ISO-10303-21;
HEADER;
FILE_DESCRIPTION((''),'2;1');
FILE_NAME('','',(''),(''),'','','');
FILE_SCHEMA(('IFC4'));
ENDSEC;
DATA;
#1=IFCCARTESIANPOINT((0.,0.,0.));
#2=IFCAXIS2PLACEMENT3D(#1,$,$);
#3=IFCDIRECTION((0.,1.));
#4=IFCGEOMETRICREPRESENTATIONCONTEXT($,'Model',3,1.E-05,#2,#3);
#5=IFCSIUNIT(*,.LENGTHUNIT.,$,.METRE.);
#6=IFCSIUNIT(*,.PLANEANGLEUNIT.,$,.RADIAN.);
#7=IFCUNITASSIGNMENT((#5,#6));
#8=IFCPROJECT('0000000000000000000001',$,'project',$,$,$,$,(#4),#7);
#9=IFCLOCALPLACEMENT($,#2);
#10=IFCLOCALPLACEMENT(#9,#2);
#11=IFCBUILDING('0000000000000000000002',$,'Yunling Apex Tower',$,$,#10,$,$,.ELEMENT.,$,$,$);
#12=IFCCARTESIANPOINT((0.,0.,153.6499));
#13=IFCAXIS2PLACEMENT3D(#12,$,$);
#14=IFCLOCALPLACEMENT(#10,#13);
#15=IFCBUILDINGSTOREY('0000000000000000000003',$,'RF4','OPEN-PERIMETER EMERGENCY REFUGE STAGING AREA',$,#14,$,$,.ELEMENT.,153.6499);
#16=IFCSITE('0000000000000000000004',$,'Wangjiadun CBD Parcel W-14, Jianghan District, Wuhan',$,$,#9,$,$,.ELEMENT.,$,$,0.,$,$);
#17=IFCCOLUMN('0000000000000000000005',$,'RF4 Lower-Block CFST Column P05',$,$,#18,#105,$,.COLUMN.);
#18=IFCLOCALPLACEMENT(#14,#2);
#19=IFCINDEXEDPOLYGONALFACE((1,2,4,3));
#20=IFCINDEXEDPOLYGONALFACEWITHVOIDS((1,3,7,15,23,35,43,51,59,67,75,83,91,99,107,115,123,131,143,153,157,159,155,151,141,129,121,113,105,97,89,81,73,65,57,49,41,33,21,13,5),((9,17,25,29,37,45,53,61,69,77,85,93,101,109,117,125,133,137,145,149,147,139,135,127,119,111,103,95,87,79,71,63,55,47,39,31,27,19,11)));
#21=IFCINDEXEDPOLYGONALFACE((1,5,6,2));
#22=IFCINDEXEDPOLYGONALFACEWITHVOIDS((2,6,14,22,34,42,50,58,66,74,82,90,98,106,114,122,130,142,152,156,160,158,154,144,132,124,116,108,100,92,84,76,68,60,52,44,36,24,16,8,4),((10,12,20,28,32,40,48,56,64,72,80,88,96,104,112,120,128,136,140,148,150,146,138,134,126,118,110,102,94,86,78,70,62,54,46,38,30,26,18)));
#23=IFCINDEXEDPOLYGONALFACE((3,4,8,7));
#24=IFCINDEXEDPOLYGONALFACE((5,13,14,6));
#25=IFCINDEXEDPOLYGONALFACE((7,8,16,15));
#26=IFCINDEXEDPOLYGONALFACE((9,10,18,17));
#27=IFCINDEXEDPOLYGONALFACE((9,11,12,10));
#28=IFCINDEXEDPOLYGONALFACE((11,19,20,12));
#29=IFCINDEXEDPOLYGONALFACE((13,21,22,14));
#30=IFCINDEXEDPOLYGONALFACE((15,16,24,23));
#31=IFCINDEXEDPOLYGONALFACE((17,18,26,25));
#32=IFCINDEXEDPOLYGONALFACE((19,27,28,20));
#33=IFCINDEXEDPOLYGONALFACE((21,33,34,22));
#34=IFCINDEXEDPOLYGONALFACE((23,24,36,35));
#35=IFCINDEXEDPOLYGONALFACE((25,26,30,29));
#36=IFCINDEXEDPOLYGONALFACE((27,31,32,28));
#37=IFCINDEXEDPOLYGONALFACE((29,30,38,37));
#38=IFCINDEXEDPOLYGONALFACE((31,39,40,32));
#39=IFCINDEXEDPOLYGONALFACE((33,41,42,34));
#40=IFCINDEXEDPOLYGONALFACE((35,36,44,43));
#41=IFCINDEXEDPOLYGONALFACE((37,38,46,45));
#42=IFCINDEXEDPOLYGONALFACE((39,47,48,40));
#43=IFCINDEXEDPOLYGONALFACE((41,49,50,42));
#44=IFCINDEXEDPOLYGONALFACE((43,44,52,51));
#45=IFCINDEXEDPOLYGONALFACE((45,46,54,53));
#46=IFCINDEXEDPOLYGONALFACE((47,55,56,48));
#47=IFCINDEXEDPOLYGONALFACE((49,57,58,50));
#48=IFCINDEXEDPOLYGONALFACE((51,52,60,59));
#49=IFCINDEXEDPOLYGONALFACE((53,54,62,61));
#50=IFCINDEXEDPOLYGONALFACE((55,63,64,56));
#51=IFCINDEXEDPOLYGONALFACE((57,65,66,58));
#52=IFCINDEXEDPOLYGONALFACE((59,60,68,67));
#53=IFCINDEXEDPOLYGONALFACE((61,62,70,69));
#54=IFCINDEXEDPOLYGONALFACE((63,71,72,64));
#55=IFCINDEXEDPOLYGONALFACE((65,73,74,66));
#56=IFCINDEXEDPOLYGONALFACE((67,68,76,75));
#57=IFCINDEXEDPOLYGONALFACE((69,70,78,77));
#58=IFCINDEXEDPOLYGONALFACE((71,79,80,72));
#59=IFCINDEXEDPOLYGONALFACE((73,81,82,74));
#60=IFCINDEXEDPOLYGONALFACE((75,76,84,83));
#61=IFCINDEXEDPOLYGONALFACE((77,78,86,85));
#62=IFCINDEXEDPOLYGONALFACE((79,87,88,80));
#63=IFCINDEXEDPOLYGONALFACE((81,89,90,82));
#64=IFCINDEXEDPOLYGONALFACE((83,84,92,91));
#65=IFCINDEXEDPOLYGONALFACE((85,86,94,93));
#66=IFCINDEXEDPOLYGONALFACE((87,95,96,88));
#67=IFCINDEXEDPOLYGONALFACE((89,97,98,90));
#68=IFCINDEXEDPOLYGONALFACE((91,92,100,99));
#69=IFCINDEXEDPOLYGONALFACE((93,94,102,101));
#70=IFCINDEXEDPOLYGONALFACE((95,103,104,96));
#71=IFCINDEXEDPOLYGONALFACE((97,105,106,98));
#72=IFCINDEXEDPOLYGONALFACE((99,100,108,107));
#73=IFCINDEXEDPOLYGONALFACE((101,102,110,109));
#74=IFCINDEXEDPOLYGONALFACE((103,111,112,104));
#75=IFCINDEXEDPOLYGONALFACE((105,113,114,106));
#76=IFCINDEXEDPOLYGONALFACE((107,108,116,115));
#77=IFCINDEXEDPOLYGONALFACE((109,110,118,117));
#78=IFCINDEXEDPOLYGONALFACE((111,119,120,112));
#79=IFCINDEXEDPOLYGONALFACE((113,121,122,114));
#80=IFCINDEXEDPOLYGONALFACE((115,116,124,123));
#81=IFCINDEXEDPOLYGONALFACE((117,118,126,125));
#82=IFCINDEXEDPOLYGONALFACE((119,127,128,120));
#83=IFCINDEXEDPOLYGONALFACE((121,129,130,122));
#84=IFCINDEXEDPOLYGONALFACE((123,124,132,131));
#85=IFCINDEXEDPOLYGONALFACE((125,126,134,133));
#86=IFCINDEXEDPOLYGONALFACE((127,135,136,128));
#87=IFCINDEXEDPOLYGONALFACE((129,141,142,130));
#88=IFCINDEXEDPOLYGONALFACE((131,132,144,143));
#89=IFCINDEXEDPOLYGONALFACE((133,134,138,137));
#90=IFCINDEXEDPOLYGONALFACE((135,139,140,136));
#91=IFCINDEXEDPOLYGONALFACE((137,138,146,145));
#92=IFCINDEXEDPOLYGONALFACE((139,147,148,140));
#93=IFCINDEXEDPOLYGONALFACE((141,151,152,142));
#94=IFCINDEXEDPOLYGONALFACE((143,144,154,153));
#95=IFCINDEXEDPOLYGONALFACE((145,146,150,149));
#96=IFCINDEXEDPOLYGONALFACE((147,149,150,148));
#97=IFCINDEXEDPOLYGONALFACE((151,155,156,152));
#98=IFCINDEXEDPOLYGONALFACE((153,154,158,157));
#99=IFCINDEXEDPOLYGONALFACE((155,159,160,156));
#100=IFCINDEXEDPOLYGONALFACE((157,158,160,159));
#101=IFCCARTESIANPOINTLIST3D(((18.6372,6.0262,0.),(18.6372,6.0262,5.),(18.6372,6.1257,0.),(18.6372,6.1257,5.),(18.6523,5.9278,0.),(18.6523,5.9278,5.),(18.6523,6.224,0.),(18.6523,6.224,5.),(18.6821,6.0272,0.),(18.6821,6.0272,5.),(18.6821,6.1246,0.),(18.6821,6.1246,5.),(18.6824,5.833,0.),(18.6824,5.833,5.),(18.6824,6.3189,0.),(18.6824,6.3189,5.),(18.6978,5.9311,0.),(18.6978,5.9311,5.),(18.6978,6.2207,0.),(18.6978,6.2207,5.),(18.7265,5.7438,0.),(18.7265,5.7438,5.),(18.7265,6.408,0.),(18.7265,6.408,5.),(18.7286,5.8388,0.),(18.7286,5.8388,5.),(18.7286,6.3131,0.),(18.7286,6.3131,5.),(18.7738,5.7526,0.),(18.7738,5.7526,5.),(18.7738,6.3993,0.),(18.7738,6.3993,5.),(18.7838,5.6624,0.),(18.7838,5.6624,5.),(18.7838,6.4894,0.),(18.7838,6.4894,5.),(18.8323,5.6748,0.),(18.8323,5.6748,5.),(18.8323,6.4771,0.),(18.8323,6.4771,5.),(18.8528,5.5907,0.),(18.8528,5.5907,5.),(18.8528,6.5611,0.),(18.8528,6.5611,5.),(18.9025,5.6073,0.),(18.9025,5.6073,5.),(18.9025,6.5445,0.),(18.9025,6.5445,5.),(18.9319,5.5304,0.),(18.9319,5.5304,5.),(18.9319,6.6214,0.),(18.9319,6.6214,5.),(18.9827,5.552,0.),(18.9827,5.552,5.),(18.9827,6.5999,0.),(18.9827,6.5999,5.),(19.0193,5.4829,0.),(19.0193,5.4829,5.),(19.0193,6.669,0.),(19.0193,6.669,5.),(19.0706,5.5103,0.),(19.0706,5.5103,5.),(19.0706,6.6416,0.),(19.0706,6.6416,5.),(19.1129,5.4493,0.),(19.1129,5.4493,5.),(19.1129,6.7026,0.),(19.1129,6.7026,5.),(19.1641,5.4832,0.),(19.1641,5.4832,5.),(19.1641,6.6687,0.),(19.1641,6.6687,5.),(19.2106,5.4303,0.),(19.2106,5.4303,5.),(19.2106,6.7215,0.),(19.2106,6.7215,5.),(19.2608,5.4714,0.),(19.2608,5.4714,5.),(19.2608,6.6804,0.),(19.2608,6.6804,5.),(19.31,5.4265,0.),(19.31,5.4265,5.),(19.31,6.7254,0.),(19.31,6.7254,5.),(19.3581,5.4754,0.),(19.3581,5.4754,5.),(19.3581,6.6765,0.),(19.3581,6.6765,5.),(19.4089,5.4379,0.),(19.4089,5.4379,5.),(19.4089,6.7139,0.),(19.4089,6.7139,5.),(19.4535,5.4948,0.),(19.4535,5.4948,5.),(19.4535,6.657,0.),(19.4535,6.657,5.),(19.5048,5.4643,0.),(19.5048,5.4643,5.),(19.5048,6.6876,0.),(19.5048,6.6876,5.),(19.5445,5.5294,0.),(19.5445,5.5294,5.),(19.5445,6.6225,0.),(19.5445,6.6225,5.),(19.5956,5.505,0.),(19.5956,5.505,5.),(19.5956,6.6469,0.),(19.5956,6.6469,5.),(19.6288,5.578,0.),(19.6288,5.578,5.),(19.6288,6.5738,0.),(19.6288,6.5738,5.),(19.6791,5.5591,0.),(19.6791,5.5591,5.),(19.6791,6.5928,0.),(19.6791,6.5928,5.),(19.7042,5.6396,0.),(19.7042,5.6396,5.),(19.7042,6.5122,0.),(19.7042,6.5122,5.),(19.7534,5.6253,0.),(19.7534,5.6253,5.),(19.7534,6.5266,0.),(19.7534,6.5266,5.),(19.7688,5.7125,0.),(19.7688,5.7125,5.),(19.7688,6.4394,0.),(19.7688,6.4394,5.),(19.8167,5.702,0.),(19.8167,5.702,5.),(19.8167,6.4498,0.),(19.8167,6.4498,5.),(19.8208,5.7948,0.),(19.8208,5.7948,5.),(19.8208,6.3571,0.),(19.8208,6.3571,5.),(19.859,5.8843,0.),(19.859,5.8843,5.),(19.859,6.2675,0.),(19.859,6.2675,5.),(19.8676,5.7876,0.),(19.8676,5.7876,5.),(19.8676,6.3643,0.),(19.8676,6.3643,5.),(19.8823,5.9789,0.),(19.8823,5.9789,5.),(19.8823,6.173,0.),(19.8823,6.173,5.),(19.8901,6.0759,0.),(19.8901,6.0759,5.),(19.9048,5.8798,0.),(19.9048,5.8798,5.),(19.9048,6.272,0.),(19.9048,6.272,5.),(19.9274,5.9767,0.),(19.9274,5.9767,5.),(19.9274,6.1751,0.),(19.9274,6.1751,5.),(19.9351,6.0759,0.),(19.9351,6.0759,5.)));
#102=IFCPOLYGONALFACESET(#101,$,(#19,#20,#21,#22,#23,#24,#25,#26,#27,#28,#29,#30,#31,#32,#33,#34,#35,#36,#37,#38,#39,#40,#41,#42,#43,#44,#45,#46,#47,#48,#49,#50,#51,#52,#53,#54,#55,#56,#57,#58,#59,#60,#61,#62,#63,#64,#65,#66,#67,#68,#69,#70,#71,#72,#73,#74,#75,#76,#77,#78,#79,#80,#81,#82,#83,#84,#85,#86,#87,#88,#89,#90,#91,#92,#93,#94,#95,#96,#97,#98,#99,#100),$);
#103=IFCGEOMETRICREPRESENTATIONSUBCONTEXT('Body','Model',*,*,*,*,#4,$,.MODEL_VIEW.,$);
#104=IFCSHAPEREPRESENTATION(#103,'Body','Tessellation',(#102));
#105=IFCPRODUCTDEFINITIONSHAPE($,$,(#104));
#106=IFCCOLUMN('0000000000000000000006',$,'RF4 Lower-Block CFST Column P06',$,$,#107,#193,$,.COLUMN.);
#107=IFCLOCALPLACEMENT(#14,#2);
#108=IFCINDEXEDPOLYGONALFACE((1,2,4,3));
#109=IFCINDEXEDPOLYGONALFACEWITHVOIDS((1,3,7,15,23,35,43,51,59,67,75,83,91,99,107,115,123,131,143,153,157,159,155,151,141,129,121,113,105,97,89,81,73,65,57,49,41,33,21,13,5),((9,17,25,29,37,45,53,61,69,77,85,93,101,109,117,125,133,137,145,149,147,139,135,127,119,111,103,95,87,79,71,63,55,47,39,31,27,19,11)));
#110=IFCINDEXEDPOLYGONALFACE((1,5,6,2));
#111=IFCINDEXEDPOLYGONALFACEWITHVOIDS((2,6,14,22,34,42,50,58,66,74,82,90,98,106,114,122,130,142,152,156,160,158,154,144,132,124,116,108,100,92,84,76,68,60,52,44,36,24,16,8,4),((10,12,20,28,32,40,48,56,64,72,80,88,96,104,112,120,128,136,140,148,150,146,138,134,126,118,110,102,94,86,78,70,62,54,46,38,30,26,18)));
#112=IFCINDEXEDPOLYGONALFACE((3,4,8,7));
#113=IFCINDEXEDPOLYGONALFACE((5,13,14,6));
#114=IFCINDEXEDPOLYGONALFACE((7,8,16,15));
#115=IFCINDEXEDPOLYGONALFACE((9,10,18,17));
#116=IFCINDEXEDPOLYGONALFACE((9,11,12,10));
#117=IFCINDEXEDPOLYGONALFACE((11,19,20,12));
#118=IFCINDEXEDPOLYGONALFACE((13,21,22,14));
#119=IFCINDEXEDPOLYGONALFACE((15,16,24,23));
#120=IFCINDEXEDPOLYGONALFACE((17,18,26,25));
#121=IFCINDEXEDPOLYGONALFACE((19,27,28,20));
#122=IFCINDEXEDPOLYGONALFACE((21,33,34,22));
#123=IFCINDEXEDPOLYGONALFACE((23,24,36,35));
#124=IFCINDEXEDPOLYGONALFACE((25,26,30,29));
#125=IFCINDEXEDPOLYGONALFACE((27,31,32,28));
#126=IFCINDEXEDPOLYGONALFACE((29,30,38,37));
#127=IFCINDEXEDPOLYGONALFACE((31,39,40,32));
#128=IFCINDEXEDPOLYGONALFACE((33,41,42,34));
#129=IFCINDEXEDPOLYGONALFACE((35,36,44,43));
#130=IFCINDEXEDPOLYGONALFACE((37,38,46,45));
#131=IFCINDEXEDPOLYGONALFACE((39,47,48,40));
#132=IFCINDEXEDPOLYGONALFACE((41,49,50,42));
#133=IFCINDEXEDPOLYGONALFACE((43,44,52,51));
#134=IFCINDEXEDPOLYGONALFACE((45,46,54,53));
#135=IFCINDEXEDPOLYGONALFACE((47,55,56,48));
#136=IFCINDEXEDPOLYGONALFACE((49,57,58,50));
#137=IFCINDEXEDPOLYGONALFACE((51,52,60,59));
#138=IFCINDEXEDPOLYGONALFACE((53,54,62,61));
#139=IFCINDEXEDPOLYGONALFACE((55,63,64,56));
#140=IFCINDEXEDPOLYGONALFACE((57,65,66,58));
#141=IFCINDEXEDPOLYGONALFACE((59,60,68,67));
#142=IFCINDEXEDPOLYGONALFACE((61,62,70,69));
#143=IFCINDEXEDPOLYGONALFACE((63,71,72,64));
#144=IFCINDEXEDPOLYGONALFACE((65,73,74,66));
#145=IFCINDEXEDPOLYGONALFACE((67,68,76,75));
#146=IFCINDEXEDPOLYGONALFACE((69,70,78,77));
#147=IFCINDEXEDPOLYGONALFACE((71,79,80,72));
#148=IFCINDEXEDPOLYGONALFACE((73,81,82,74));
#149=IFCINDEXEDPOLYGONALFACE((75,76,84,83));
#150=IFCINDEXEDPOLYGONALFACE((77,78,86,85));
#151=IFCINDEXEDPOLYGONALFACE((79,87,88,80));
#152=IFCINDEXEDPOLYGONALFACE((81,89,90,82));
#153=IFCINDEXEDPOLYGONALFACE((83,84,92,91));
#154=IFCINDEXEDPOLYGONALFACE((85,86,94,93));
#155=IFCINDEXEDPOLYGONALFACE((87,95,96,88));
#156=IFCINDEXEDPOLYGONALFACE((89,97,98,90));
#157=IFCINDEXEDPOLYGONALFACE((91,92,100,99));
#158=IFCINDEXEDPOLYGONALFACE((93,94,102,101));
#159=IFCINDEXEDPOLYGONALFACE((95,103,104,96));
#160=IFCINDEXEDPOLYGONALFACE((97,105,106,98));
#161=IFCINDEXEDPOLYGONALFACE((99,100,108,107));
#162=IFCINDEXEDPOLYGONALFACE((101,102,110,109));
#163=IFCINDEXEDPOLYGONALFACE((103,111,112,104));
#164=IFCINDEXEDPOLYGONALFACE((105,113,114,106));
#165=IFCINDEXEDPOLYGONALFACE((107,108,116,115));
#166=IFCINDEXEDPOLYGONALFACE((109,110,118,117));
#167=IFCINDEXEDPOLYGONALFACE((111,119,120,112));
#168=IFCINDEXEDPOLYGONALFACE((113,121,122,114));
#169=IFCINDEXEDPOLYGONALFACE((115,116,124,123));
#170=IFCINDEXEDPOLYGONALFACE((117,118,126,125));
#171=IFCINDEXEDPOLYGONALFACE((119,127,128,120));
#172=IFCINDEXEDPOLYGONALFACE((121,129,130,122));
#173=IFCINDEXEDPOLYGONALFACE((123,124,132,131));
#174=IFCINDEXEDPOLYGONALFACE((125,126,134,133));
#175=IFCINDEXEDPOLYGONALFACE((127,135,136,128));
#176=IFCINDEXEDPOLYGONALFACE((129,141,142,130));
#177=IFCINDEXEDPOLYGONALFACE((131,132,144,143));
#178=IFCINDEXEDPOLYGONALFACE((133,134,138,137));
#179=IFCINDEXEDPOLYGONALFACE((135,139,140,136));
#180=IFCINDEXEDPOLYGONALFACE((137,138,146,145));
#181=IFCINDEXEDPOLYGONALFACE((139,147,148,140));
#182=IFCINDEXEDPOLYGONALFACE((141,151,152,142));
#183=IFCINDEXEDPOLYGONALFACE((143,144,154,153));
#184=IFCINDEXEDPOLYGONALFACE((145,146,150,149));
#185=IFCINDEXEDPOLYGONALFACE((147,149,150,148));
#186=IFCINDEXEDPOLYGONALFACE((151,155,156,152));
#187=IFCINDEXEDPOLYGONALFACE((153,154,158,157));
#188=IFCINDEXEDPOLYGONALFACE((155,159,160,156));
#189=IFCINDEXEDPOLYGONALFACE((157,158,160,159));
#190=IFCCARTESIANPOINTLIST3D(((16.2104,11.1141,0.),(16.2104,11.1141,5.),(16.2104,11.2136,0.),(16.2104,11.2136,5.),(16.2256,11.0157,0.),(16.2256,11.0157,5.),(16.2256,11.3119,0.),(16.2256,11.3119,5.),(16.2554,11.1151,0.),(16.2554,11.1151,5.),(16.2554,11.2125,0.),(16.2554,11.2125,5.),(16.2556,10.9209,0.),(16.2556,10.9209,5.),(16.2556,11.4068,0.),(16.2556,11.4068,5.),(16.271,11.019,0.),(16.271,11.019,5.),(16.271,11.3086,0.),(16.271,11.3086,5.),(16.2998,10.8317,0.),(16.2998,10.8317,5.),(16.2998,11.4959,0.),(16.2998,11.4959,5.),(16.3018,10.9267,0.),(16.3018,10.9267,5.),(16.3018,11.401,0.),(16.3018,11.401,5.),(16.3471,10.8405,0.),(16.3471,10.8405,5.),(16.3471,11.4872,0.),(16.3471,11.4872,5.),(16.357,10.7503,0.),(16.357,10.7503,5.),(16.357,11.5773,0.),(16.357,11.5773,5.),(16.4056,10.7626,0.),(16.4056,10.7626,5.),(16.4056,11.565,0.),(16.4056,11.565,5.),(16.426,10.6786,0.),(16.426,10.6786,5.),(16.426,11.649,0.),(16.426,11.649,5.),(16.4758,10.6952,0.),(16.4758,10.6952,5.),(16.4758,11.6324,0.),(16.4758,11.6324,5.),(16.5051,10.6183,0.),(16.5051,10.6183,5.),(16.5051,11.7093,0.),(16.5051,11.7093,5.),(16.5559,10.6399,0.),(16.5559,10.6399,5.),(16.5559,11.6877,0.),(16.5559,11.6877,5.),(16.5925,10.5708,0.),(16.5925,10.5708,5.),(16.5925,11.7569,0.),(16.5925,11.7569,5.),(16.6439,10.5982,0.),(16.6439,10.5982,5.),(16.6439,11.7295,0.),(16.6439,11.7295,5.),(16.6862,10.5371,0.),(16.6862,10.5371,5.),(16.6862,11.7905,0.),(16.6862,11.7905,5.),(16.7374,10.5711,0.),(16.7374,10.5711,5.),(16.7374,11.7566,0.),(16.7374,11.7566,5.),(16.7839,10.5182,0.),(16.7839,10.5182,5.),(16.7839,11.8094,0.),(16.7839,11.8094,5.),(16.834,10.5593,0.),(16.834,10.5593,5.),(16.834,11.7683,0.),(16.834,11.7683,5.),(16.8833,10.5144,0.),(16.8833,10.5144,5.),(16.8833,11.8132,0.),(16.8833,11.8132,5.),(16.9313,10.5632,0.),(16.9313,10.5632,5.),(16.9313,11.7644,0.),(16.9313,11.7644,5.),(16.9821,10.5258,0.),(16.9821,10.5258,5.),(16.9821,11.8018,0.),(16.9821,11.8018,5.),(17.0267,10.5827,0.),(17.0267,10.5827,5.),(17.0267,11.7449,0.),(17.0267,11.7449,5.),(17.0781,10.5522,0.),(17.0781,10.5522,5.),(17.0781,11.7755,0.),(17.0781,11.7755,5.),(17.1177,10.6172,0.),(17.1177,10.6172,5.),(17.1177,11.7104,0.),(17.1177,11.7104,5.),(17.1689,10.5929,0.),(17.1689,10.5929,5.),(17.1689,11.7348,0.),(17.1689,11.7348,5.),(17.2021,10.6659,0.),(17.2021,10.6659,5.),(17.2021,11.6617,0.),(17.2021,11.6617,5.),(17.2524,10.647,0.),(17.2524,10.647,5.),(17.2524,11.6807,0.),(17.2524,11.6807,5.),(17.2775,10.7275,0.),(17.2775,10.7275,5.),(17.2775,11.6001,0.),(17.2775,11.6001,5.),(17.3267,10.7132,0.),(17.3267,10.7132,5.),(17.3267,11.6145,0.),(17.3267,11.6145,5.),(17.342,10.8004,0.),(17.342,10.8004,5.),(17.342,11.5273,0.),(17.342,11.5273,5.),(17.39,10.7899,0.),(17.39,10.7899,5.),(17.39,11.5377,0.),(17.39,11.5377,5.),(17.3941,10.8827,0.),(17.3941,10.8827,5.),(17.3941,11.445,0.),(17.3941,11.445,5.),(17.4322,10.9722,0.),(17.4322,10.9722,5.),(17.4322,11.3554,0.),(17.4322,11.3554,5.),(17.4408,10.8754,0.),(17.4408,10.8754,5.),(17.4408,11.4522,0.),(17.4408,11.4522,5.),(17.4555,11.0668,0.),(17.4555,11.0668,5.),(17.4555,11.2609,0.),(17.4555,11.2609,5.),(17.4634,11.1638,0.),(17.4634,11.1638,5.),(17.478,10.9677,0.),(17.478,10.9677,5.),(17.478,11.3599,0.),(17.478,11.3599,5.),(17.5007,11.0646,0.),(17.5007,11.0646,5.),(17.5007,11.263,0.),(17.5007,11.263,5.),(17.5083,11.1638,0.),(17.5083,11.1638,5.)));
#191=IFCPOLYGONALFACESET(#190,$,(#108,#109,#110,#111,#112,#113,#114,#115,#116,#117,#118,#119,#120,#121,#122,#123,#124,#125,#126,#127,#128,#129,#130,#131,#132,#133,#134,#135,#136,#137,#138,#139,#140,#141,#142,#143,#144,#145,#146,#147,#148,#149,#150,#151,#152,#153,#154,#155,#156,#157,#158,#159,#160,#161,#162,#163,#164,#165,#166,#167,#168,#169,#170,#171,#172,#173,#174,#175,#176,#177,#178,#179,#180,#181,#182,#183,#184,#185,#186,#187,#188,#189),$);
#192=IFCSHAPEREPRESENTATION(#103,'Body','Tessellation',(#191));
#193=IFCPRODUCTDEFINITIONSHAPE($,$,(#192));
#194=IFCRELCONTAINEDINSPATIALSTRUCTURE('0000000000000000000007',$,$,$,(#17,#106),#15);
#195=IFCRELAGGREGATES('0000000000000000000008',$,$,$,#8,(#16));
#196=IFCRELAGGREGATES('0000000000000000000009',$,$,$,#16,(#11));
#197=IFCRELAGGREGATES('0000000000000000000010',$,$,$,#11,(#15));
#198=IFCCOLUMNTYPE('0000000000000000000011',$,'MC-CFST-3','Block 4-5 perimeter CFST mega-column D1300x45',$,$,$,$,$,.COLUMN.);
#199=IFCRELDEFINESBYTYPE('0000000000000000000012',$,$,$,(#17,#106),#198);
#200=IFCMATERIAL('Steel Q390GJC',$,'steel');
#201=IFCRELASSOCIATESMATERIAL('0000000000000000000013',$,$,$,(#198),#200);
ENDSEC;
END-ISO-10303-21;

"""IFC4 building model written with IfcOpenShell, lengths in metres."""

from ifc_helpers import new_model, si_unit, direction, frame, origin, origin_2d, place, context, subcontext, project, spatial, hollow_circle, extrude, source, transform, mapped, material, material_profile, profile_set, type_object, element, save


model = new_model("IFC4")

# Units and contexts
model_context = context("Model", 3, precision=1e-05, world=origin(), true_north=direction((0.0, 1.0)))
body_context = subcontext(model_context, "Body", "Model", "MODEL_VIEW")
ifc_project = project(units=[si_unit("LENGTHUNIT", "METRE"), si_unit("PLANEANGLEUNIT", "RADIAN")], contexts=[model_context])

# Site, building, storey
site_placement = place(None, origin())
site = spatial("IfcSite", under=ifc_project, at=site_placement, Name="Wangjiadun CBD Parcel W-14, Jianghan District, Wuhan", CompositionType="ELEMENT", RefElevation=0.0)
building_placement = place(site_placement, origin())
building = spatial("IfcBuilding", under=site, at=building_placement, Name="Yunling Apex Tower", CompositionType="ELEMENT")
storey_placement = place(building_placement, frame((0.0, 0.0, 153.6499)))
storey = spatial("IfcBuildingStorey", under=building, at=storey_placement, Name="RF4", Description="OPEN-PERIMETER EMERGENCY REFUGE STAGING AREA", CompositionType="ELEMENT", Elevation=153.6499)

# Columns
ifc_material_1 = material(Name="Steel Q390GJC", Category="steel")
ifc_material_profile_1 = material_profile(ifc_material_1, hollow_circle(Radius=0.6499, WallThickness=0.0449, at=origin_2d()))
ifc_profile_set_1 = profile_set([ifc_material_profile_1], Name="Steel Q390GJC")
column_type = type_object("IfcColumnType", Name="MC-CFST-3", Description="Block 4-5 perimeter CFST mega-column D1300x45", PredefinedType="COLUMN", material=ifc_profile_set_1)
shared_shape_1 = source(origin(), body_context, "Body", "SweptSolid", [
    extrude(hollow_circle(Radius=0.6499, WallThickness=0.0449, at=origin_2d()), origin(), (0.0, 0.0, 1.0), 5.0),
])
for number, where, z_axis, x_axis, name in (
    (1, (19.2852, 6.0759, 0.0), (0.0, 0.0, 1.0), (1.0, 0.0, 0.0), "RF4 Lower-Block CFST Column P05"),
    (2, (16.8584, 11.1638, 0.0), (0.0, 0.0, 1.0), (1.0, 0.0, 0.0), "RF4 Lower-Block CFST Column P06"),
):
    element("IfcColumn", number, at=place(storey_placement, frame(where, z_axis=z_axis, x_axis=x_axis)), inside=storey, type_object=column_type, Name=name, PredefinedType="COLUMN", context=body_context, shape_type="MappedRepresentation", body=[
        mapped(shared_shape_1, transform((0.0, 0.0, 0.0), scale=1.0)),
    ])

save(model, "model.ifc")
